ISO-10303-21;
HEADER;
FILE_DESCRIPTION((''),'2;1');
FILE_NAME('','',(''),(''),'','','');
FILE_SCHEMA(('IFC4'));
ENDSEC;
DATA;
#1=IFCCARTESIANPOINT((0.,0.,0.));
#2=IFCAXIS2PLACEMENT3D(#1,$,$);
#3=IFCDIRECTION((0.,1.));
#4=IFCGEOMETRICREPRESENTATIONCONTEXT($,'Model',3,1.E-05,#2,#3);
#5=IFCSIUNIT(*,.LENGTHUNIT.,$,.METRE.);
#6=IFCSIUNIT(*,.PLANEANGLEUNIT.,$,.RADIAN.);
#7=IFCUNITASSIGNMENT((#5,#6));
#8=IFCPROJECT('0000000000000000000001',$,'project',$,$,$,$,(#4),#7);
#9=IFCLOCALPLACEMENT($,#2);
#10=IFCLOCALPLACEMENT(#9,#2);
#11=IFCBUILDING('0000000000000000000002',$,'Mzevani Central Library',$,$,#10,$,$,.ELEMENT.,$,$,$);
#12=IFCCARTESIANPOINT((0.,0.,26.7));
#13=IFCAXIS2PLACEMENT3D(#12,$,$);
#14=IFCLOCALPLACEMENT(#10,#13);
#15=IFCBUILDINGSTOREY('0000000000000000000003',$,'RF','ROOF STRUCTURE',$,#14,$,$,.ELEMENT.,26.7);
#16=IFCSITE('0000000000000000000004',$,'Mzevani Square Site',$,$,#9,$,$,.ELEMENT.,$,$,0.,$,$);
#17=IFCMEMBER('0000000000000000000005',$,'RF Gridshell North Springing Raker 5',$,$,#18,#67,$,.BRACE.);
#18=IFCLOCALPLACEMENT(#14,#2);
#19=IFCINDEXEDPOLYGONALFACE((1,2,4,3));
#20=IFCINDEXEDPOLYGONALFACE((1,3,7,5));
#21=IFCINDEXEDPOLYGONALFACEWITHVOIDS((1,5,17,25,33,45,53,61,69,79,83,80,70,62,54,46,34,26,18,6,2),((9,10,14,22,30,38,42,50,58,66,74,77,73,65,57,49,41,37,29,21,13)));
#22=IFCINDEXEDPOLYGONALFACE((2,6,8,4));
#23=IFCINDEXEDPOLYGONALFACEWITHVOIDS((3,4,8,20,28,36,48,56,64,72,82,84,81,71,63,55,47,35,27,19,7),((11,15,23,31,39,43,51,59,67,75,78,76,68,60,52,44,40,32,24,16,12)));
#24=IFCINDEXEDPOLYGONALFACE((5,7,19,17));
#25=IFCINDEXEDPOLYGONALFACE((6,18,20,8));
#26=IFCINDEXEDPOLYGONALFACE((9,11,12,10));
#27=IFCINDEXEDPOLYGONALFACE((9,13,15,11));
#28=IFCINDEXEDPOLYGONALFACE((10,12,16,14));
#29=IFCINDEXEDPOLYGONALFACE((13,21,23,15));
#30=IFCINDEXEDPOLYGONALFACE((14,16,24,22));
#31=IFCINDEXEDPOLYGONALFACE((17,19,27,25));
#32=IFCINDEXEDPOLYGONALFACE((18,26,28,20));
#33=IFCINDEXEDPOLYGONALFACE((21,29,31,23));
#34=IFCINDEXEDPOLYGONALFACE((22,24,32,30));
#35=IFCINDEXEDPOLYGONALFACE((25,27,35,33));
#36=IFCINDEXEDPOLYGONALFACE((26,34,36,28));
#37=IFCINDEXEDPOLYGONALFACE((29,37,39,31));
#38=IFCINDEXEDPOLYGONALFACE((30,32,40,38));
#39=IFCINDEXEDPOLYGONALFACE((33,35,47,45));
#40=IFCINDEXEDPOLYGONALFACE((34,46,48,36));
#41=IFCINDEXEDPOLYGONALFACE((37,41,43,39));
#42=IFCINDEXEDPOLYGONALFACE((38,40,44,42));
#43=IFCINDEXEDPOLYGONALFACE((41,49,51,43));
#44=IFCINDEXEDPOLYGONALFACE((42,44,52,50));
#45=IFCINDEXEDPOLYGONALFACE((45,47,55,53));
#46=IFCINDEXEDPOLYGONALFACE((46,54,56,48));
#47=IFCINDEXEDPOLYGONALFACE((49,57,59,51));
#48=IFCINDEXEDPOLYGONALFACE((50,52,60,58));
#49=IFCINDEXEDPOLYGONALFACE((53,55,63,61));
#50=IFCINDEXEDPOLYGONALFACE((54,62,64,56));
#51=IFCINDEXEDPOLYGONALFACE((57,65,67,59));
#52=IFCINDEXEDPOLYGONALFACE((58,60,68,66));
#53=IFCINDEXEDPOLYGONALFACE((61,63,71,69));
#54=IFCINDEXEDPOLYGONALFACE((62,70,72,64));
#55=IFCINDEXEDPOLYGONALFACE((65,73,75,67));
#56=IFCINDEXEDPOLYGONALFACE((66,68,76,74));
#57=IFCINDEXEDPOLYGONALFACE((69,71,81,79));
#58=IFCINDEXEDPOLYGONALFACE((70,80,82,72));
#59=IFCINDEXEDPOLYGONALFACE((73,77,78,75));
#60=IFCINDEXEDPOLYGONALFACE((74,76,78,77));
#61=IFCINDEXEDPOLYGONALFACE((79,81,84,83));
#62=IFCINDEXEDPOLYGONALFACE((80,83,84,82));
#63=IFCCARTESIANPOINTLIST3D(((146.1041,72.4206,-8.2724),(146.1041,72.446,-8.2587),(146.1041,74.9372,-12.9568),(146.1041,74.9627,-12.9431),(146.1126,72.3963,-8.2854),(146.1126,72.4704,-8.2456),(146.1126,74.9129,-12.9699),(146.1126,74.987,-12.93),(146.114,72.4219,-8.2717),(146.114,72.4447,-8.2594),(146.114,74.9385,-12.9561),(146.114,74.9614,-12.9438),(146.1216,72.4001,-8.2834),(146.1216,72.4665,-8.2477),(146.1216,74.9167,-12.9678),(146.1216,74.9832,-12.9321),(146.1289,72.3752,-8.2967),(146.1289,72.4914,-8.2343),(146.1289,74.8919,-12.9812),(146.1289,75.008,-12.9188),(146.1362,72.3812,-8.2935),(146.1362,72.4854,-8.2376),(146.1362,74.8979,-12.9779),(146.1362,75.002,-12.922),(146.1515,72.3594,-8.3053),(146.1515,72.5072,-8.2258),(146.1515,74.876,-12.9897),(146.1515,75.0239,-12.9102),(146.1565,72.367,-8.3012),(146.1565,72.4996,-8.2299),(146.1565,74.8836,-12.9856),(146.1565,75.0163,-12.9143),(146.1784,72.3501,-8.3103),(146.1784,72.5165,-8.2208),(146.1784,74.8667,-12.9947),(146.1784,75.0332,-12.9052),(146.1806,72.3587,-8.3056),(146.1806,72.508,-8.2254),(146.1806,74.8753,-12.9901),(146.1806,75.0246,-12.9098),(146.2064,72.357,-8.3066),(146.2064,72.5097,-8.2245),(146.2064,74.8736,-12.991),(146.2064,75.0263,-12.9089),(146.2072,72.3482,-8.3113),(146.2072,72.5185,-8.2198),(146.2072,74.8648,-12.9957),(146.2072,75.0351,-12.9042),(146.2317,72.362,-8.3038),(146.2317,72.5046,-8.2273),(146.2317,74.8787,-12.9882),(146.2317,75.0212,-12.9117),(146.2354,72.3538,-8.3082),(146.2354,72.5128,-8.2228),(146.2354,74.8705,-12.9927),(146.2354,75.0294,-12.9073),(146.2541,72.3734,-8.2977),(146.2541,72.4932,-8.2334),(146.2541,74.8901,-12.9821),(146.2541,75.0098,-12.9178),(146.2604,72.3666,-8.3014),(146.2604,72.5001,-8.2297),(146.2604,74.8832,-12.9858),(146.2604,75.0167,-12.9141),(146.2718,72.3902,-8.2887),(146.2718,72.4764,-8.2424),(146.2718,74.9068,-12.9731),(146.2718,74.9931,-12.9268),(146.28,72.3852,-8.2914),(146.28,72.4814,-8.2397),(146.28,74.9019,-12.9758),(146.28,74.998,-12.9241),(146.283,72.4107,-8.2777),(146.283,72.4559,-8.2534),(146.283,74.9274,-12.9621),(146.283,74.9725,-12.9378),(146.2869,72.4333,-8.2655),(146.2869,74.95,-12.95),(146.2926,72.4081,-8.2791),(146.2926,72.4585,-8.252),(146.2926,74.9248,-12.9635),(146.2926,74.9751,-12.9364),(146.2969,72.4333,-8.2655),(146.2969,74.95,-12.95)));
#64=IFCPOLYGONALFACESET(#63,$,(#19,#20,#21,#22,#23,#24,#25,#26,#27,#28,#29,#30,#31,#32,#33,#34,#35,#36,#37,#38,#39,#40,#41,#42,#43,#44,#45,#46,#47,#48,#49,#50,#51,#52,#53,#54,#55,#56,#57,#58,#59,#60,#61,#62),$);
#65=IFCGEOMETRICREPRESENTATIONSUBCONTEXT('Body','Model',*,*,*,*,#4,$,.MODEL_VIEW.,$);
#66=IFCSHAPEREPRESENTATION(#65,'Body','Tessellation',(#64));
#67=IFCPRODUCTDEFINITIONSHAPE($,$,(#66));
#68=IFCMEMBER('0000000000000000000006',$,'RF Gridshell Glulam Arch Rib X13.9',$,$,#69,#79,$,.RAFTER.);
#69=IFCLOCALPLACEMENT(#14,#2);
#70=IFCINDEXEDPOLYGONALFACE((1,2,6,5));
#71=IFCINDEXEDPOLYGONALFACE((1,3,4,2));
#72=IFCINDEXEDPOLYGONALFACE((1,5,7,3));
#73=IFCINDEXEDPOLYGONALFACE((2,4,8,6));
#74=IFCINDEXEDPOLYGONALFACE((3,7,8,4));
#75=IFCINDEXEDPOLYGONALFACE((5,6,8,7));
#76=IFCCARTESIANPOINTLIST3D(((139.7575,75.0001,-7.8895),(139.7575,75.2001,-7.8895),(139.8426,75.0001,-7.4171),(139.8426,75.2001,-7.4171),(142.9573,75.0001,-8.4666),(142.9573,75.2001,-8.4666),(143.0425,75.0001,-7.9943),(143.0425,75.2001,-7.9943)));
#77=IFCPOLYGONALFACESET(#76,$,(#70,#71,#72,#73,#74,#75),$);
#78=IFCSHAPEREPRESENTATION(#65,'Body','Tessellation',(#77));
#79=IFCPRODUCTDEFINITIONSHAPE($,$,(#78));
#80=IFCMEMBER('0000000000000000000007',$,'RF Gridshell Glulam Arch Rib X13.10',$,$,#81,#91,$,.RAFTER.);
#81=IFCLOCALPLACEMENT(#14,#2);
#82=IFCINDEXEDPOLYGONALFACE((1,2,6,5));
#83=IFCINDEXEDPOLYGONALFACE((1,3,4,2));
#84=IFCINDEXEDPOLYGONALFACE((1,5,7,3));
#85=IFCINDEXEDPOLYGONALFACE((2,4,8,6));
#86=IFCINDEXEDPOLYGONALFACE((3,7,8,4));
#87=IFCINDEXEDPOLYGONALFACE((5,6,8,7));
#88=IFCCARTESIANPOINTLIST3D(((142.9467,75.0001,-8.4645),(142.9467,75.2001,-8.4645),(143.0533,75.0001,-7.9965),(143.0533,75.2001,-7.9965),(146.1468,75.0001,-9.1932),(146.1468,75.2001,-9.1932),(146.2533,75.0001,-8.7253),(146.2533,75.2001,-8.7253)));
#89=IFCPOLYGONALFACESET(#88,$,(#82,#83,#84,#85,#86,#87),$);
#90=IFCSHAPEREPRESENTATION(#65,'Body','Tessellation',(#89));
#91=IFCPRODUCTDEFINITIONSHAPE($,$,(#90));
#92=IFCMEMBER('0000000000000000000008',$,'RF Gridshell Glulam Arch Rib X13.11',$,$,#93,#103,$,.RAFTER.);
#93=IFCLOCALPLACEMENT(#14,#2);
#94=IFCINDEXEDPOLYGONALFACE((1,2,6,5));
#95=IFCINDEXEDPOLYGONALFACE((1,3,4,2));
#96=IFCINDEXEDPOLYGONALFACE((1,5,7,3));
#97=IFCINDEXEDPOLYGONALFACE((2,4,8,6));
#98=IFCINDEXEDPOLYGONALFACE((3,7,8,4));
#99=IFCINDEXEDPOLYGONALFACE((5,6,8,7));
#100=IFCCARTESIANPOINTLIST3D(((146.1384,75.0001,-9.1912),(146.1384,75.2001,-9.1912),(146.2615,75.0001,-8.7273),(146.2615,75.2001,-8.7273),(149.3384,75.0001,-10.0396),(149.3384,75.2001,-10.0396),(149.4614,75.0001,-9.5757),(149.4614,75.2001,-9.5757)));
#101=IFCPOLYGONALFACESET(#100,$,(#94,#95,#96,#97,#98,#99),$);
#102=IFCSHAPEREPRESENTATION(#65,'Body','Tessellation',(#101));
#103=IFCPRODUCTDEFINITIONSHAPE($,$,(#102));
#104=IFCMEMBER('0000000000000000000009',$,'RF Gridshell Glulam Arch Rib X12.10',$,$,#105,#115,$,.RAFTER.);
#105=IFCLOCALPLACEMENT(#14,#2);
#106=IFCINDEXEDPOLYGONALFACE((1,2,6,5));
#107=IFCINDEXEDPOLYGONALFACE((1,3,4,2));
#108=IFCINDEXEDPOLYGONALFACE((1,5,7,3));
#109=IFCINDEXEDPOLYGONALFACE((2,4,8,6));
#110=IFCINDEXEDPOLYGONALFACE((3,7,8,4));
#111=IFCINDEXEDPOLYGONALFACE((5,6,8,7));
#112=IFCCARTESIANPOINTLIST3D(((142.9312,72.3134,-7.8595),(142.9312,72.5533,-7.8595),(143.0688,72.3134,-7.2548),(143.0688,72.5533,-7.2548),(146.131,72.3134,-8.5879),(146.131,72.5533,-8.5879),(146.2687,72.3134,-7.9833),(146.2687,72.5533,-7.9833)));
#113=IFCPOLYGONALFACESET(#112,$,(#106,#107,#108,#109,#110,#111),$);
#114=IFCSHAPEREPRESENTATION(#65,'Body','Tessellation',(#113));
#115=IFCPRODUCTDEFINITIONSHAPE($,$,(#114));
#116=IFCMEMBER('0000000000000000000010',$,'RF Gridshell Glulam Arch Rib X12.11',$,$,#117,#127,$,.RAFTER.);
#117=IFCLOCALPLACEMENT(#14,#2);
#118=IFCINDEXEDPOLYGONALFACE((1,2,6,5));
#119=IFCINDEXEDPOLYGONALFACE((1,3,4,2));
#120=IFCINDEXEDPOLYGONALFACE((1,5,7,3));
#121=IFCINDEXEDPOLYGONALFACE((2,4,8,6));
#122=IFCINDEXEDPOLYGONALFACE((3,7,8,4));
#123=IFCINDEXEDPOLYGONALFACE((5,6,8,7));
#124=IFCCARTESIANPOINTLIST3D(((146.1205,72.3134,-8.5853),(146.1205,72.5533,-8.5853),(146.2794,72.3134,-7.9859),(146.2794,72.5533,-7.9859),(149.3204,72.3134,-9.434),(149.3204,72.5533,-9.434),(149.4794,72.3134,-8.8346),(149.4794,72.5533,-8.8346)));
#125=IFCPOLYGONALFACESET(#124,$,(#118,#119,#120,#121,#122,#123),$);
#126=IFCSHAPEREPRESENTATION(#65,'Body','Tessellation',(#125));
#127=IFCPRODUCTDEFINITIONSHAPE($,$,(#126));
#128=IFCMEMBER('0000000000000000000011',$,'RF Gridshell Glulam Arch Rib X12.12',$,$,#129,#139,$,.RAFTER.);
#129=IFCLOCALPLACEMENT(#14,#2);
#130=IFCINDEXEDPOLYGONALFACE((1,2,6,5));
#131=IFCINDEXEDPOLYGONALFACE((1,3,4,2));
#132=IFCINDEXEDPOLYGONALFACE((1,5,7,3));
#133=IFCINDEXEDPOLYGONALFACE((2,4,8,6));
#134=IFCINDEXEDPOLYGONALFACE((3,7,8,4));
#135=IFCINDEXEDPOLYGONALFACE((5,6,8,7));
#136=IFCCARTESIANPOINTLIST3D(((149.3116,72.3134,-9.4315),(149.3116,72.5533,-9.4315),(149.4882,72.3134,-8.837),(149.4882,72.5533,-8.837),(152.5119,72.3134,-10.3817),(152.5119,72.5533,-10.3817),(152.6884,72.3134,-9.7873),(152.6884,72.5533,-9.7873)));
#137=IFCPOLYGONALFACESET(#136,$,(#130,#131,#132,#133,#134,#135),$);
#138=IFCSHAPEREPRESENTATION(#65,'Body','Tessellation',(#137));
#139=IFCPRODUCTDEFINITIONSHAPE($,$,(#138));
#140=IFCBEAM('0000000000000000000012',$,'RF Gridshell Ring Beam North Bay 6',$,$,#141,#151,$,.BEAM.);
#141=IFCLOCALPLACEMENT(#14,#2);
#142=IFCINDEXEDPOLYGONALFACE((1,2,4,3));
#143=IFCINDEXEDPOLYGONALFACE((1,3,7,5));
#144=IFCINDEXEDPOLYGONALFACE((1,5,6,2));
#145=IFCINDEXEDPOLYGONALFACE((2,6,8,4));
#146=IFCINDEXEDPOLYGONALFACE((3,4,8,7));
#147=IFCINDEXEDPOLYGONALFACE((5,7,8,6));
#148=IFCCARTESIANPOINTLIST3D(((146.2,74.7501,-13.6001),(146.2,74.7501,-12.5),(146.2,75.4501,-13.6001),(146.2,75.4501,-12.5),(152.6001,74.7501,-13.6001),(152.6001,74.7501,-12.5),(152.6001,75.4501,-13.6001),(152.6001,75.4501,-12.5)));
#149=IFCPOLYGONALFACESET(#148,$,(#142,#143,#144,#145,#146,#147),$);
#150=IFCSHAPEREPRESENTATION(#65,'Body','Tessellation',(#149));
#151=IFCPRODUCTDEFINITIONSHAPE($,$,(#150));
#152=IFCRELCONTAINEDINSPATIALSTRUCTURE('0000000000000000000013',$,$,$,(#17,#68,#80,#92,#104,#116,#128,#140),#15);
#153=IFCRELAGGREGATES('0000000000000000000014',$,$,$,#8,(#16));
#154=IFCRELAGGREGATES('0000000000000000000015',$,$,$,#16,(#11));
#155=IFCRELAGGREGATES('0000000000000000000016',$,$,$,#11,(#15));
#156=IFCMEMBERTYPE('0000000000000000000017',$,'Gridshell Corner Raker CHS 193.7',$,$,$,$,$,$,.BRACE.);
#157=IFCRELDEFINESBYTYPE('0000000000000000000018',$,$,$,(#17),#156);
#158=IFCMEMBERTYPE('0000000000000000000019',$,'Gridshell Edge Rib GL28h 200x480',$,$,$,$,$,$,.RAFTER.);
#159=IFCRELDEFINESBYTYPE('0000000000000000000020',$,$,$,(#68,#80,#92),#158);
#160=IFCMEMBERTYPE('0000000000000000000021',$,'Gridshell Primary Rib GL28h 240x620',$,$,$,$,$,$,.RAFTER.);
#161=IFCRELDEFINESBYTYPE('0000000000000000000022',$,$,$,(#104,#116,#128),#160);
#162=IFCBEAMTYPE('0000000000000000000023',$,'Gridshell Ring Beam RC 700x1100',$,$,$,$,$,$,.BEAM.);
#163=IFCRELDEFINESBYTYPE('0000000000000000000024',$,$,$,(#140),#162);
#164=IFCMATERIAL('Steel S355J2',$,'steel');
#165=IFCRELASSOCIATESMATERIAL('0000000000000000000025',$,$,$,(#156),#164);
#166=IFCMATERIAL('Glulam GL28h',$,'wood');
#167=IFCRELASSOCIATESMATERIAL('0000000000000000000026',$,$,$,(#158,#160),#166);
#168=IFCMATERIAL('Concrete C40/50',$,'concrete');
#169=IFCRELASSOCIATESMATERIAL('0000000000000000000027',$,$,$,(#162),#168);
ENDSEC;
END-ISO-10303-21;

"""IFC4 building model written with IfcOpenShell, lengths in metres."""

from ifc_helpers import new_model, si_unit, direction, frame, origin, origin_2d, place, context, subcontext, project, spatial, rectangle, hollow_circle, extrude, material, material_profile, profile_set, type_object, element, save


model = new_model("IFC4")

# Units and contexts
model_context = context("Model", 3, precision=1e-05, world=origin(), true_north=direction((0.0, 1.0)))
body_context = subcontext(model_context, "Body", "Model", "MODEL_VIEW")
ifc_project = project(units=[si_unit("LENGTHUNIT", "METRE"), si_unit("PLANEANGLEUNIT", "RADIAN")], contexts=[model_context])

# Site, building, storey
site_placement = place(None, origin())
site = spatial("IfcSite", under=ifc_project, at=site_placement, Name="Mzevani Square Site", CompositionType="ELEMENT", RefElevation=0.0)
building_placement = place(site_placement, origin())
building = spatial("IfcBuilding", under=site, at=building_placement, Name="Mzevani Central Library", CompositionType="ELEMENT")
storey_placement = place(building_placement, frame((0.0, 0.0, 26.7)))
storey = spatial("IfcBuildingStorey", under=building, at=storey_placement, Name="RF", Description="ROOF STRUCTURE", CompositionType="ELEMENT", Elevation=26.7)

# Members
ifc_material_1 = material(Name="Steel S355J2", Category="steel")
ifc_material_profile_1 = material_profile(ifc_material_1, hollow_circle(Radius=0.0969, WallThickness=0.01, at=origin_2d()), Name="CHS 193.7x10.0")
ifc_profile_set_1 = profile_set([ifc_material_profile_1], Name="Steel S355J2")
member_type_1 = type_object("IfcMemberType", Name="Gridshell Corner Raker CHS 193.7", PredefinedType="BRACE", material=ifc_profile_set_1)
member_1_placement = place(storey_placement, frame((146.2, 74.95, -12.95), z_axis=(0.0, -0.473265, 0.88092), x_axis=(1.0, 0.0, 0.0)))
element("IfcMember", 1, at=member_1_placement, inside=storey, type_object=member_type_1, Name="RF Gridshell North Springing Raker 5", PredefinedType="BRACE", context=body_context, shape_type="SweptSolid", body=[
    extrude(hollow_circle(Radius=0.0969, WallThickness=0.01, at=origin_2d()), origin(), (0.0, 0.0, 1.0), 5.3176),
])
ifc_material_2 = material(Name="Glulam GL28h", Category="wood")
ifc_material_profile_2 = material_profile(ifc_material_2, rectangle(XDim=0.2, YDim=0.48, at=origin_2d()), Name="GL28h 200x480")
ifc_profile_set_2 = profile_set([ifc_material_profile_2], Name="Glulam GL28h")
member_type_2 = type_object("IfcMemberType", Name="Gridshell Edge Rib GL28h 200x480", PredefinedType="RAFTER", material=ifc_profile_set_2)
member_2_placement = place(storey_placement, frame((139.8, 75.1001, -7.6533), z_axis=(0.984121, 0.0, -0.177498), x_axis=(0.0, 1.0, 0.0)))
element("IfcMember", 2, at=member_2_placement, inside=storey, type_object=member_type_2, Name="RF Gridshell Glulam Arch Rib X13.9", PredefinedType="RAFTER", context=body_context, shape_type="SweptSolid", body=[
    extrude(rectangle(XDim=0.2, YDim=0.48, at=origin_2d()), origin(), (0.0, 0.0, 1.0), 3.2515),
])
member_3_placement = place(storey_placement, frame((143.0, 75.1001, -8.2305), z_axis=(0.975034, 0.0, -0.222055), x_axis=(0.0, 1.0, 0.0)))
element("IfcMember", 3, at=member_3_placement, inside=storey, type_object=member_type_2, Name="RF Gridshell Glulam Arch Rib X13.10", PredefinedType="RAFTER", context=body_context, shape_type="SweptSolid", body=[
    extrude(rectangle(XDim=0.2, YDim=0.48, at=origin_2d()), origin(), (0.0, 0.0, 1.0), 3.282),
])
member_4_placement = place(storey_placement, frame((146.2, 75.1001, -8.9592), z_axis=(0.966605, 0.0, -0.256272), x_axis=(0.0, 1.0, 0.0)))
element("IfcMember", 4, at=member_4_placement, inside=storey, type_object=member_type_2, Name="RF Gridshell Glulam Arch Rib X13.11", PredefinedType="RAFTER", context=body_context, shape_type="SweptSolid", body=[
    extrude(rectangle(XDim=0.2, YDim=0.48, at=origin_2d()), origin(), (0.0, 0.0, 1.0), 3.3105),
])
ifc_material_profile_3 = material_profile(ifc_material_2, rectangle(XDim=0.24, YDim=0.6201, at=origin_2d()), Name="GL28h 240x620")
ifc_profile_set_3 = profile_set([ifc_material_profile_3], Name="Glulam GL28h")
member_type_3 = type_object("IfcMemberType", Name="Gridshell Primary Rib GL28h 240x620", PredefinedType="RAFTER", material=ifc_profile_set_3)
member_5_placement = place(storey_placement, frame((143.0, 72.4333, -7.5571), z_axis=(0.97505, 0.0, -0.221984), x_axis=(0.0, 1.0, 0.0)))
element("IfcMember", 5, at=member_5_placement, inside=storey, type_object=member_type_3, Name="RF Gridshell Glulam Arch Rib X12.10", PredefinedType="RAFTER", context=body_context, shape_type="SweptSolid", body=[
    extrude(rectangle(XDim=0.24, YDim=0.6201, at=origin_2d()), origin(), (0.0, 0.0, 1.0), 3.2817),
])
member_6_placement = place(storey_placement, frame((146.2, 72.4333, -8.2856), z_axis=(0.966587, 0.0, -0.25634), x_axis=(0.0, 1.0, 0.0)))
element("IfcMember", 6, at=member_6_placement, inside=storey, type_object=member_type_3, Name="RF Gridshell Glulam Arch Rib X12.11", PredefinedType="RAFTER", context=body_context, shape_type="SweptSolid", body=[
    extrude(rectangle(XDim=0.24, YDim=0.6201, at=origin_2d()), origin(), (0.0, 0.0, 1.0), 3.3105),
])
member_7_placement = place(storey_placement, frame((149.3999, 72.4333, -9.1343), z_axis=(0.958636, 0.0, -0.284636), x_axis=(0.0, 1.0, 0.0)))
element("IfcMember", 7, at=member_7_placement, inside=storey, type_object=member_type_3, Name="RF Gridshell Glulam Arch Rib X12.12", PredefinedType="RAFTER", context=body_context, shape_type="SweptSolid", body=[
    extrude(rectangle(XDim=0.24, YDim=0.6201, at=origin_2d()), origin(), (0.0, 0.0, 1.0), 3.3384),
])

# Beam
ifc_material_3 = material(Name="Concrete C40/50", Category="concrete")
ifc_material_profile_4 = material_profile(ifc_material_3, rectangle(XDim=0.7, YDim=1.1001, at=origin_2d()), Name="RC RB700x1100")
ifc_profile_set_4 = profile_set([ifc_material_profile_4], Name="Concrete C40/50")
beam_type = type_object("IfcBeamType", Name="Gridshell Ring Beam RC 700x1100", PredefinedType="BEAM", material=ifc_profile_set_4)
beam_placement = place(storey_placement, frame((146.2, 75.1001, -13.05), z_axis=(1.0, 0.0, 0.0), x_axis=(0.0, 1.0, 0.0)))
element("IfcBeam", 8, at=beam_placement, inside=storey, type_object=beam_type, Name="RF Gridshell Ring Beam North Bay 6", PredefinedType="BEAM", context=body_context, shape_type="SweptSolid", body=[
    extrude(rectangle(XDim=0.7, YDim=1.1001, at=origin_2d()), origin(), (0.0, 0.0, 1.0), 6.4001),
])

save(model, "model.ifc")
